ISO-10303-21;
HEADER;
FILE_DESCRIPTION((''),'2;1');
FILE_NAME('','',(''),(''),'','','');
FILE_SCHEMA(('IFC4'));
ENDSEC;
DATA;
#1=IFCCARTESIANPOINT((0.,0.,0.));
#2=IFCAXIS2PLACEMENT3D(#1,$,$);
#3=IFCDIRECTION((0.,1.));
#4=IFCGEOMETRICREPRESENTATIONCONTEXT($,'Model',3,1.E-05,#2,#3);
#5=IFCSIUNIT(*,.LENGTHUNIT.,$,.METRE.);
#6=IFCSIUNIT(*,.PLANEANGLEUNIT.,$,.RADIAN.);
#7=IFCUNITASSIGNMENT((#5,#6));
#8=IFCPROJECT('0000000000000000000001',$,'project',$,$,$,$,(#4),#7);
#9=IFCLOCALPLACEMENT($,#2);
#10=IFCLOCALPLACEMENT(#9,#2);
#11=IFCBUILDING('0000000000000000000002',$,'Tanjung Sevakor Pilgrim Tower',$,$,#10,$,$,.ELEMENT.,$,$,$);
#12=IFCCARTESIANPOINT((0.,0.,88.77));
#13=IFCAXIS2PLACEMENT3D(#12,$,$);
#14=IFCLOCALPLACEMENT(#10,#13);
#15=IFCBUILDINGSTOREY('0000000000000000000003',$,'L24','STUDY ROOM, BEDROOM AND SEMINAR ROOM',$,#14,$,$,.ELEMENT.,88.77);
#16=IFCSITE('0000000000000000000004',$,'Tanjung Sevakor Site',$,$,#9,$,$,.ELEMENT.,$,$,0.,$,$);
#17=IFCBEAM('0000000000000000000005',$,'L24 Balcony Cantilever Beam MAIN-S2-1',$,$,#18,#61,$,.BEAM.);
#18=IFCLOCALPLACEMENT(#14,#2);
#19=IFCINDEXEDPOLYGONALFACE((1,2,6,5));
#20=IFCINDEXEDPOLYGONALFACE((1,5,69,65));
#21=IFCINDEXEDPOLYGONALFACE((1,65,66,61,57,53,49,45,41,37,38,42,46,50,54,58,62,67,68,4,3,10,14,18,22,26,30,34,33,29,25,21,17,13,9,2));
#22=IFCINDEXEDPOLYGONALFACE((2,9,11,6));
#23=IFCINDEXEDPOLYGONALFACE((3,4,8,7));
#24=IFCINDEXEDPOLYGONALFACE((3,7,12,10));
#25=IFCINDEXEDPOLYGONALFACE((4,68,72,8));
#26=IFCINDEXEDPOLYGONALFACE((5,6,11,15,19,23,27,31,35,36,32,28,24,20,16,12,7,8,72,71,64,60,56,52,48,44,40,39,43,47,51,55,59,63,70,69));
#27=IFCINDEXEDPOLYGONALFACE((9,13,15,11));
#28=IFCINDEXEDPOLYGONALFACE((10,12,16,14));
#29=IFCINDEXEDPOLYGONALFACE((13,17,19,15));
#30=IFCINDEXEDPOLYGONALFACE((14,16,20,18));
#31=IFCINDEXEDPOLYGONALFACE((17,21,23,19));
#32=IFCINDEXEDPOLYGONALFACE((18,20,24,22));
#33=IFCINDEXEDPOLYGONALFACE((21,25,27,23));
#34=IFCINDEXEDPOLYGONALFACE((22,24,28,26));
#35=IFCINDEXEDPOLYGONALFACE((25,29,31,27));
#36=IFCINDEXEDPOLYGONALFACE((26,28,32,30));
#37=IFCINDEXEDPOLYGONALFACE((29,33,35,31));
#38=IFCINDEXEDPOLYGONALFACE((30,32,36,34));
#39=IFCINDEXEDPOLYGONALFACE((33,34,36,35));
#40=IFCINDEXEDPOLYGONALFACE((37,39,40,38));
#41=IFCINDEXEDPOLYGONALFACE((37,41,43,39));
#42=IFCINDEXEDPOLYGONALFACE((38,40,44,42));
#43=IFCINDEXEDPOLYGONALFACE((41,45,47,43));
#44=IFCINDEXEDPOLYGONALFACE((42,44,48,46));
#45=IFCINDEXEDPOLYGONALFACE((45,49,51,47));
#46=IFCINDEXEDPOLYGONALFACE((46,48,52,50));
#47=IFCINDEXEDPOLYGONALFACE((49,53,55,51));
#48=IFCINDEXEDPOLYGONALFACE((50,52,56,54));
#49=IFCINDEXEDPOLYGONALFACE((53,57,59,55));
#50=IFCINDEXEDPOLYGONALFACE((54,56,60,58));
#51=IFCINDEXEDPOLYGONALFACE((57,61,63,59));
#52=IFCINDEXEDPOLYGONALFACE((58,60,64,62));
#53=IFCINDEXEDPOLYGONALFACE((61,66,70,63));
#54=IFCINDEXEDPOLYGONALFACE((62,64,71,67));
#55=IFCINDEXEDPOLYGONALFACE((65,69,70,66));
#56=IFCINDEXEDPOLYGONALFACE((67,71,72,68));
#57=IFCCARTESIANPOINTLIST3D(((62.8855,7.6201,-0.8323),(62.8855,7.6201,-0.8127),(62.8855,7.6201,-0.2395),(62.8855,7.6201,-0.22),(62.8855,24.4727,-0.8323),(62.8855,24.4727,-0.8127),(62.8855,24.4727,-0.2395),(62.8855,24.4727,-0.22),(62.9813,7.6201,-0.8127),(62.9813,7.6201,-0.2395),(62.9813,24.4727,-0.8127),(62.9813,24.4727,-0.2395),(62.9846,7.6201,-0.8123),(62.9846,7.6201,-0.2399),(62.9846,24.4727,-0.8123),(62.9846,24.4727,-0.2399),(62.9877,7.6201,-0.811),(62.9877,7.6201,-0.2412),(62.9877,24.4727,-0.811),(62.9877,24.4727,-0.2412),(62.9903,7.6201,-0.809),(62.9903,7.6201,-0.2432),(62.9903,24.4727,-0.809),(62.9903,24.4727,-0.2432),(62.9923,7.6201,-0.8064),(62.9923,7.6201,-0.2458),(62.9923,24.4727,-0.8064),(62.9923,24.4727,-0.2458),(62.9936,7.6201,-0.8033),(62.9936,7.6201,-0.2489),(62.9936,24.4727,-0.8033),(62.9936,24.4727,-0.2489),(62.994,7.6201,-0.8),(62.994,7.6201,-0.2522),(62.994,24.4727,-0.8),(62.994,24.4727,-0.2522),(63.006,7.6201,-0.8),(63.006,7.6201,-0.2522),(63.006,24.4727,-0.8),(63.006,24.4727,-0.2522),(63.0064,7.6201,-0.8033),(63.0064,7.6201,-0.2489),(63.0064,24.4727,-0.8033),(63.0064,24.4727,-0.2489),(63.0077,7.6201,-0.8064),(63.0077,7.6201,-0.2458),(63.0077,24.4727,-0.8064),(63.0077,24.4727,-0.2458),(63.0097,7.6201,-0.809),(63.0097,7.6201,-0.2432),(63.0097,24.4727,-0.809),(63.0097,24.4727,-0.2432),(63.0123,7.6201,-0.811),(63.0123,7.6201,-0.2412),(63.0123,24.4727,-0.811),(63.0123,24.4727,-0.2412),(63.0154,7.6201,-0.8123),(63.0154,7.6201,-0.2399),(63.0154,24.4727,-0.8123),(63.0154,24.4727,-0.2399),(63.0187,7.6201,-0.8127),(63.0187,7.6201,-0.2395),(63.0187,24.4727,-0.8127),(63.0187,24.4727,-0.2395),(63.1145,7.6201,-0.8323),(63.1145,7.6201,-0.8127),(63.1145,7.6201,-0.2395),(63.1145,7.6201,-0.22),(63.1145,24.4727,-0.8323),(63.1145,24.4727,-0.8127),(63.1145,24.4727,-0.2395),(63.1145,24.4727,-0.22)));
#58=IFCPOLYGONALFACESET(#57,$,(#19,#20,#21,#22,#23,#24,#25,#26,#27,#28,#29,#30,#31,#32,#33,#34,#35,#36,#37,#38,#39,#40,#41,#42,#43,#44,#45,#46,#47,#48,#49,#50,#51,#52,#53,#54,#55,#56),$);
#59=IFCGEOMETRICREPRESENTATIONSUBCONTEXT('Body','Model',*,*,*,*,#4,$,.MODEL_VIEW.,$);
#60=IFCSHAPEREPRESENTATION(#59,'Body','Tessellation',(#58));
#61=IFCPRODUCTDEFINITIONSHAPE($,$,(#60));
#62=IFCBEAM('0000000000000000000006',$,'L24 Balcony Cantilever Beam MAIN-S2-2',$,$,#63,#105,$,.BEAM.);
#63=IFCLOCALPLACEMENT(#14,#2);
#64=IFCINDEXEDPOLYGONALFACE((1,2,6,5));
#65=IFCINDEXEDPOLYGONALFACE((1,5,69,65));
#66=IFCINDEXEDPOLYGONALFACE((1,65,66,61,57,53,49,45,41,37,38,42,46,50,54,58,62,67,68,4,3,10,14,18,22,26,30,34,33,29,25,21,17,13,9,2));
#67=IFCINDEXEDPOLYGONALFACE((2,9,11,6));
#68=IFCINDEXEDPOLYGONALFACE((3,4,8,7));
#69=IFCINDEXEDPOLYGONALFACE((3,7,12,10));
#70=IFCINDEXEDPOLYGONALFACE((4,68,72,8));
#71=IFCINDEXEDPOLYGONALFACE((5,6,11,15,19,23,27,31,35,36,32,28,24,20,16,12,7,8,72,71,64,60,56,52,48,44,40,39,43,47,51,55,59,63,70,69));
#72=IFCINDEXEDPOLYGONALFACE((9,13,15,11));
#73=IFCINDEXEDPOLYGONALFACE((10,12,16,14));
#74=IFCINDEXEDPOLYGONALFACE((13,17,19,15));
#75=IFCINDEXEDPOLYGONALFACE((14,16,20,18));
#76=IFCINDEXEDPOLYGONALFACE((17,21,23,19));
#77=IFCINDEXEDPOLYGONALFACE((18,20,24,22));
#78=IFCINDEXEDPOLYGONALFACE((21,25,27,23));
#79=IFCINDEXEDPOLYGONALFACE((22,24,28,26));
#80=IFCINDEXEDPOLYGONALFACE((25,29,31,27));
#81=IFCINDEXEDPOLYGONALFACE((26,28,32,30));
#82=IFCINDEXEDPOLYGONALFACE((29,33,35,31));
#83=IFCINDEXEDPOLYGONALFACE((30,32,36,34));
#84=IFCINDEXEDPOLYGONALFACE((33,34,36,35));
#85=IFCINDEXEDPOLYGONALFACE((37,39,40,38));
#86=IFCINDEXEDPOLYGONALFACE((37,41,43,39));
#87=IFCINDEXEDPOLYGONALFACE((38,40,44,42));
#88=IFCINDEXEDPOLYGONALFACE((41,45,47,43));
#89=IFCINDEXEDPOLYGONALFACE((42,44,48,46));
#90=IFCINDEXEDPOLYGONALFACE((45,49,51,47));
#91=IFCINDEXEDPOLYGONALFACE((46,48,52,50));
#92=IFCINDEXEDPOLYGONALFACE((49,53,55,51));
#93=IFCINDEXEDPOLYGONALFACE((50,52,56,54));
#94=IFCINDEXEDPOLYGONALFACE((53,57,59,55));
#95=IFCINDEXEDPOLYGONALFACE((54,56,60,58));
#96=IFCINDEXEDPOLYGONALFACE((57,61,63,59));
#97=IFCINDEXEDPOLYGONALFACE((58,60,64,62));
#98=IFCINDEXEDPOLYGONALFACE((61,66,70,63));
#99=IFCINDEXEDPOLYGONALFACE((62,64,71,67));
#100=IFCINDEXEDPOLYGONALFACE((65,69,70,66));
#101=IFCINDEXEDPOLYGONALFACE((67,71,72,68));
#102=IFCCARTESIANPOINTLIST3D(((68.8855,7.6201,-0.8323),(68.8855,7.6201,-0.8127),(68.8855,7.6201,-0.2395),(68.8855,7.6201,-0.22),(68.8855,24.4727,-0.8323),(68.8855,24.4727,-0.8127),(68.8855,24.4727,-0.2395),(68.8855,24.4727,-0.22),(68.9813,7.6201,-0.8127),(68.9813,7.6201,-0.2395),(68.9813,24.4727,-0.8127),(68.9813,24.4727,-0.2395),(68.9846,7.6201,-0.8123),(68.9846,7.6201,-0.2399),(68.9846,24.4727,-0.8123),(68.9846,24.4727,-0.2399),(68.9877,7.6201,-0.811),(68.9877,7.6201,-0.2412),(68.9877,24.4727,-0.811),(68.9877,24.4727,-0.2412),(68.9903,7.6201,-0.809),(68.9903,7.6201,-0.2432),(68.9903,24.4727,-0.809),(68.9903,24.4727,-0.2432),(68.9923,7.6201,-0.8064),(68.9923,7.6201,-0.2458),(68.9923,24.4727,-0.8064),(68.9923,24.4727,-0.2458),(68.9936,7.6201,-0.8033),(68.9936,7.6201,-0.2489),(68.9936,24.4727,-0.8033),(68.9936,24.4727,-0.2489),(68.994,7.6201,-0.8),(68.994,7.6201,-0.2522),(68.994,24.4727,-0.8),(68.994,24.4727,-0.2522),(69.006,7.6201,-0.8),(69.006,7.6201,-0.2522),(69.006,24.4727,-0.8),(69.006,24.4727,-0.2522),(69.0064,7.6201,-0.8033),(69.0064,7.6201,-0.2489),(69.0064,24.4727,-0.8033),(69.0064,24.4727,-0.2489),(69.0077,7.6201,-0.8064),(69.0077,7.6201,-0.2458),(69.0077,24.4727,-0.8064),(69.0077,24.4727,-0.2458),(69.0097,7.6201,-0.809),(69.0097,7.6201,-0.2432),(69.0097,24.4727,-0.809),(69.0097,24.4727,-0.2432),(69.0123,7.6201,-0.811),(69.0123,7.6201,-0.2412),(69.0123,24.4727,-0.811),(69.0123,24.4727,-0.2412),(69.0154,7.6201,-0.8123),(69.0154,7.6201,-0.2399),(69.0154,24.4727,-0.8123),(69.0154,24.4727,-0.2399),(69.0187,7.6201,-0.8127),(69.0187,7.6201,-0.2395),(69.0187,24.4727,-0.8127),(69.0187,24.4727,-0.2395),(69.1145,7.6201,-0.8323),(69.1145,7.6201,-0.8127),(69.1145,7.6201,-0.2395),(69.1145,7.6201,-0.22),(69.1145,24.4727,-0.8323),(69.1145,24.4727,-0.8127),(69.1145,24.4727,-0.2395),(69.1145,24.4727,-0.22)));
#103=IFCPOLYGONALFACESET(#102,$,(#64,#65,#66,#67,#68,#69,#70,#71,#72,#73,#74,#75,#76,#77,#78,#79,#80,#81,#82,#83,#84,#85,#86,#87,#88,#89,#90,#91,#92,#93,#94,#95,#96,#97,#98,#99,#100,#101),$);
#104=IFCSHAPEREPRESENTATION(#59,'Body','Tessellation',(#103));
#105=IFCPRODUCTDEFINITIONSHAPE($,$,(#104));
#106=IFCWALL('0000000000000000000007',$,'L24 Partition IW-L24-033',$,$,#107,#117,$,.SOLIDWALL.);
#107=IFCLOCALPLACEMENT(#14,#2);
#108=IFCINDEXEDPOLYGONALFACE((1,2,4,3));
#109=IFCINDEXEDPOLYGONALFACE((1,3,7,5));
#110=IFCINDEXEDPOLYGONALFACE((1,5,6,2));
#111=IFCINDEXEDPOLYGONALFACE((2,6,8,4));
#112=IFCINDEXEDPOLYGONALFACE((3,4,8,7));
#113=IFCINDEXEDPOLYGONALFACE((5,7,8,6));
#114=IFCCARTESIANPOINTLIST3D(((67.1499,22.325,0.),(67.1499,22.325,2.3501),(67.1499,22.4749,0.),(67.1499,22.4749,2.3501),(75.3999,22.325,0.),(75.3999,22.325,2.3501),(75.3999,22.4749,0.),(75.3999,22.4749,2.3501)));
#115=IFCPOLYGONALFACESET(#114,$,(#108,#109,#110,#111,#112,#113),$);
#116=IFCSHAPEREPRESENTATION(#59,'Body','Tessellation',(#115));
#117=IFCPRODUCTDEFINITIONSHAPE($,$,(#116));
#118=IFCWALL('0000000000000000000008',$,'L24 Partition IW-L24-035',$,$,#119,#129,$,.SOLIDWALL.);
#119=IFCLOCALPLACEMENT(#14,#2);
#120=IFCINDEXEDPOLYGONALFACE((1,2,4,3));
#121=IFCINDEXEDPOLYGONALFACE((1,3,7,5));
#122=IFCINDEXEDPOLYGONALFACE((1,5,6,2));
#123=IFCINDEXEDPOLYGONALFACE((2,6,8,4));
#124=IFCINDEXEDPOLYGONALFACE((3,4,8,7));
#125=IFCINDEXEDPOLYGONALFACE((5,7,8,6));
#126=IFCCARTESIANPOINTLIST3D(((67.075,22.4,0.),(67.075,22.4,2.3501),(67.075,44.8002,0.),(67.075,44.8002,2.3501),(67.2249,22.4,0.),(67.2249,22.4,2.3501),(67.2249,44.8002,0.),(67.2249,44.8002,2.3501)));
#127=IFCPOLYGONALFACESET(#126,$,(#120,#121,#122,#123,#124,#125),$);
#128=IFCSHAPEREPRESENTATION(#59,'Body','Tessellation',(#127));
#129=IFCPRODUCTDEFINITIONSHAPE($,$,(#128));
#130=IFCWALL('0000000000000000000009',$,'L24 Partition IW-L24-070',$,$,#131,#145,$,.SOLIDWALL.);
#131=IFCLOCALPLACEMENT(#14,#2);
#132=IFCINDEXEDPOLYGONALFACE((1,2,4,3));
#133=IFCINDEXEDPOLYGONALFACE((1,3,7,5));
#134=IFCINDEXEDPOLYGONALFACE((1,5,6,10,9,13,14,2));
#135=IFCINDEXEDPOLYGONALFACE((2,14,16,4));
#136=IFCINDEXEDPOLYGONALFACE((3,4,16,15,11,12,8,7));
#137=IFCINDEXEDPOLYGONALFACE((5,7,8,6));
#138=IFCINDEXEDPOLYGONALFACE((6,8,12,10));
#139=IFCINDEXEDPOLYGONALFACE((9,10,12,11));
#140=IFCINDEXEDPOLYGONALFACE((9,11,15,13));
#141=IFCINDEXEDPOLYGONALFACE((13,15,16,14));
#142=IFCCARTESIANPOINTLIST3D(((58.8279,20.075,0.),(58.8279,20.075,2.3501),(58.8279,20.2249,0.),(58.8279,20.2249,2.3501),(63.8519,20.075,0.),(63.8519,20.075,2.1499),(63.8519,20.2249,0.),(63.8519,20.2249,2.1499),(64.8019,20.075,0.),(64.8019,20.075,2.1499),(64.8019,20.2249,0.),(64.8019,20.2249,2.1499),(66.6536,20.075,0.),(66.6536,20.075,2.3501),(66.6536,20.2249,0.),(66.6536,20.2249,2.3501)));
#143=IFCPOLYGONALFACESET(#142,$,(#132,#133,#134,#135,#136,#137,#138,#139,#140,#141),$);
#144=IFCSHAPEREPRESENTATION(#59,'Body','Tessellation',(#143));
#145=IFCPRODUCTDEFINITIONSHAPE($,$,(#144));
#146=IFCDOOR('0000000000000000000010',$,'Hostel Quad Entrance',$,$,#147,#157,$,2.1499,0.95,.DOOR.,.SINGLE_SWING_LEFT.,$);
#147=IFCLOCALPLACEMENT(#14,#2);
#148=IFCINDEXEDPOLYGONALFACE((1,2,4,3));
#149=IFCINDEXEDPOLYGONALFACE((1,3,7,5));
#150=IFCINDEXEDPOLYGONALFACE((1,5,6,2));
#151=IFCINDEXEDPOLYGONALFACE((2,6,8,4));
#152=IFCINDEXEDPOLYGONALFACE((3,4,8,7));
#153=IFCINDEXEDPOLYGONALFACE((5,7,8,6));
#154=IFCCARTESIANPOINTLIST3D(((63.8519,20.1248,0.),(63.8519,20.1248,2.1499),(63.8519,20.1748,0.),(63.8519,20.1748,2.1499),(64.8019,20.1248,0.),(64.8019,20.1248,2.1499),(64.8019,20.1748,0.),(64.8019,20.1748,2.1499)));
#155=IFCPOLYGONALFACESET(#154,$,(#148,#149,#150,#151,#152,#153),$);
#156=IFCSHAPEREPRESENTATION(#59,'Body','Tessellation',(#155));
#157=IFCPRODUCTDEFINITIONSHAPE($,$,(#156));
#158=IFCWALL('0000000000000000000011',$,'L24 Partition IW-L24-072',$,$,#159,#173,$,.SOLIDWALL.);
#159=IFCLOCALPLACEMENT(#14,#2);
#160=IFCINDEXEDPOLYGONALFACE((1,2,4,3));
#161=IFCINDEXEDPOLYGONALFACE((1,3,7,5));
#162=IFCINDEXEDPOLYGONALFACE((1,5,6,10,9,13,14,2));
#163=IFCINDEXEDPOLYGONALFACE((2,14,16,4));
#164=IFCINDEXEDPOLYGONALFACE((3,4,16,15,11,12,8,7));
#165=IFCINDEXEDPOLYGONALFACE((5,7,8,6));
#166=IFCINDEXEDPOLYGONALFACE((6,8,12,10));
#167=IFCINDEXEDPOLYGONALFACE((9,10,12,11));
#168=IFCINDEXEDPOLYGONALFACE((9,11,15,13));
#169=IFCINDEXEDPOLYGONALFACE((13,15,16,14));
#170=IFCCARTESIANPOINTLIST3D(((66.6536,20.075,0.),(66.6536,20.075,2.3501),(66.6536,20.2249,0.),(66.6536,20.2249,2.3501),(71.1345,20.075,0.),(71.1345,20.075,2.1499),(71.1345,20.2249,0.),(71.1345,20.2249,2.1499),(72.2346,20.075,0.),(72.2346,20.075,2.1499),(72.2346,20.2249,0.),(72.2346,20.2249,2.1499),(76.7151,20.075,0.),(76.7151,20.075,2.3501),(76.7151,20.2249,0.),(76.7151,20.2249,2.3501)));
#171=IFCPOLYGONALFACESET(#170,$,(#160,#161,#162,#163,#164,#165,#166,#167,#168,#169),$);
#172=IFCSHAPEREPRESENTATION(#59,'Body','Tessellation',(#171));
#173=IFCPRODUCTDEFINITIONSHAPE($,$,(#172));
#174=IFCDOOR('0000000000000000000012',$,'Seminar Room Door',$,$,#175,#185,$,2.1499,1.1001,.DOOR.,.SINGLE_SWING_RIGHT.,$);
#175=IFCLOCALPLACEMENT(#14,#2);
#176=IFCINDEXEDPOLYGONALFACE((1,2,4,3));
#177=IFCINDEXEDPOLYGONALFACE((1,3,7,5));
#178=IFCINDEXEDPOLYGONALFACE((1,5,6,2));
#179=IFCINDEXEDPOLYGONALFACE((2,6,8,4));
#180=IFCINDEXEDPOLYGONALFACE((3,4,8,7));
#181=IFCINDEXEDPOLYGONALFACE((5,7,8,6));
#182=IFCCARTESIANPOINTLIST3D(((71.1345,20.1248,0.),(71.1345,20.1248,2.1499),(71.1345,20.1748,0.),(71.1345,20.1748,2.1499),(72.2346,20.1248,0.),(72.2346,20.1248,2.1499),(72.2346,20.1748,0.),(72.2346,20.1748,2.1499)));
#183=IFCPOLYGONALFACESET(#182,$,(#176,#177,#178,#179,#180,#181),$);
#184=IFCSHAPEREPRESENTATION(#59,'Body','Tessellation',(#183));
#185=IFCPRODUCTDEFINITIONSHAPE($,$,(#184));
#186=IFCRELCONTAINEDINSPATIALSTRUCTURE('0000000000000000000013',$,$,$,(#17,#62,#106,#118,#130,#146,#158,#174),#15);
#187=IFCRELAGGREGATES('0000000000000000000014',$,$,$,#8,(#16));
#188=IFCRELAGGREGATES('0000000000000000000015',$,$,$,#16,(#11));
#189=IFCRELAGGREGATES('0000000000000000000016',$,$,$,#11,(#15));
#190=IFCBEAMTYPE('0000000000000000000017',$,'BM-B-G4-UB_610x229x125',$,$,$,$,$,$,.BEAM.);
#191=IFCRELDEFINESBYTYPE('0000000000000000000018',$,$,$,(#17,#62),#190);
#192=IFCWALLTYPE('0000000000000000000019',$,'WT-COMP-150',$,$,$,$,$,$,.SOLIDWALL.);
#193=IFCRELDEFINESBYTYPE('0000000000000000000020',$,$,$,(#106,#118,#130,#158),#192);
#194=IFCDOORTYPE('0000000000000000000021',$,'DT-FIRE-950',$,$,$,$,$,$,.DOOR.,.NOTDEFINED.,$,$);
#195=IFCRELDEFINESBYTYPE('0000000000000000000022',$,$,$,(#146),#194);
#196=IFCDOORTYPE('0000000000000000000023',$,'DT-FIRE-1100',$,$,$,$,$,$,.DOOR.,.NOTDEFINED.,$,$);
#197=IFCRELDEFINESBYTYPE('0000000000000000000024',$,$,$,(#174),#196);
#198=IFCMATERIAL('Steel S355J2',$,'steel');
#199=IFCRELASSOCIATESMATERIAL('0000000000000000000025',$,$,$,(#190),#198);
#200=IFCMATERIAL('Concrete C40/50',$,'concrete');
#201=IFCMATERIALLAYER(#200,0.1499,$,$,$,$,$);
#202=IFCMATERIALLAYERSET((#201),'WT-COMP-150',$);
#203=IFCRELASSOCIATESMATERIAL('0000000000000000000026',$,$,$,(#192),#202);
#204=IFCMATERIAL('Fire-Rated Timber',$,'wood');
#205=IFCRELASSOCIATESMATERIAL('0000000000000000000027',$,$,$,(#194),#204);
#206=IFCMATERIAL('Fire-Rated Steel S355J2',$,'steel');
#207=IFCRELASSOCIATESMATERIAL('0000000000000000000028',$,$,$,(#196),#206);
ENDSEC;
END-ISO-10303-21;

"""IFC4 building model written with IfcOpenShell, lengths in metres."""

from ifc_helpers import new_model, si_unit, direction, frame, frame_2d, origin, origin_2d, place, context, subcontext, project, spatial, rectangle, i_section, extrude, material, layer, layer_set, material_profile, profile_set, type_object, element, fill, save


model = new_model("IFC4")

# Units and contexts
model_context = context("Model", 3, precision=1e-05, world=origin(), true_north=direction((0.0, 1.0)))
body_context = subcontext(model_context, "Body", "Model", "MODEL_VIEW")
ifc_project = project(units=[si_unit("LENGTHUNIT", "METRE"), si_unit("PLANEANGLEUNIT", "RADIAN")], contexts=[model_context])

# Site, building, storey
site_placement = place(None, origin())
site = spatial("IfcSite", under=ifc_project, at=site_placement, Name="Tanjung Sevakor Site", CompositionType="ELEMENT", RefElevation=0.0)
building_placement = place(site_placement, origin())
building = spatial("IfcBuilding", under=site, at=building_placement, Name="Tanjung Sevakor Pilgrim Tower", CompositionType="ELEMENT")
storey_placement = place(building_placement, frame((0.0, 0.0, 88.77)))
storey = spatial("IfcBuildingStorey", under=building, at=storey_placement, Name="L24", Description="STUDY ROOM, BEDROOM AND SEMINAR ROOM", CompositionType="ELEMENT", Elevation=88.77)

# Beams
ifc_material_1 = material(Name="Steel S355J2", Category="steel")
ifc_material_profile_1 = material_profile(ifc_material_1, i_section(OverallWidth=0.229, OverallDepth=0.6123, WebThickness=0.012, FlangeThickness=0.0195, FilletRadius=0.0127, at=origin_2d()))
ifc_profile_set_1 = profile_set([ifc_material_profile_1], Name="Steel S355J2")
beam_type_1 = type_object("IfcBeamType", Name="BM-B-G4-UB_610x229x125", PredefinedType="BEAM", material=ifc_profile_set_1)
for number, where, z_axis, x_axis, name in (
    (1, (63.0, 24.4727, -0.5261), (0.0, -1.0, 0.0), (1.0, 0.0, 0.0), "L24 Balcony Cantilever Beam MAIN-S2-1"),
    (2, (69.0, 24.4727, -0.5261), (0.0, -1.0, 0.0), (1.0, 0.0, 0.0), "L24 Balcony Cantilever Beam MAIN-S2-2"),
):
    element("IfcBeam", number, at=place(storey_placement, frame(where, z_axis=z_axis, x_axis=x_axis)), inside=storey, type_object=beam_type_1, Name=name, PredefinedType="BEAM", context=body_context, shape_type="SweptSolid", body=[
        extrude(i_section(OverallWidth=0.229, OverallDepth=0.6123, WebThickness=0.012, FlangeThickness=0.0195, FilletRadius=0.0127, at=origin_2d()), origin(), (0.0, 0.0, 1.0), 16.8525),
    ])

# Walls
ifc_material_2 = material(Name="Concrete C40/50", Category="concrete")
ifc_layer_1 = layer(ifc_material_2, 0.1499)
ifc_layer_set_1 = layer_set([ifc_layer_1], Name="WT-COMP-150")
wall_type_1 = type_object("IfcWallType", Name="WT-COMP-150", PredefinedType="SOLIDWALL", material=ifc_layer_set_1)
wall_1_placement = place(storey_placement, frame((67.1499, 22.3999, 0.0), z_axis=(0.0, 0.0, 1.0), x_axis=(1.0, 0.0, 0.0)))
element("IfcWall", 3, at=wall_1_placement, inside=storey, type_object=wall_type_1, Name="L24 Partition IW-L24-033", PredefinedType="SOLIDWALL", context=body_context, shape_type="SweptSolid", body=[
    extrude(rectangle(XDim=8.25, YDim=0.1499, at=frame_2d((4.125, 0.0))), origin(), (0.0, 0.0, 1.0), 2.3501),
])
wall_2_placement = place(storey_placement, frame((67.1499, 22.3999, 0.0), z_axis=(0.0, 0.0, 1.0), x_axis=(0.0, 1.0, 0.0)))
element("IfcWall", 4, at=wall_2_placement, inside=storey, type_object=wall_type_1, Name="L24 Partition IW-L24-035", PredefinedType="SOLIDWALL", context=body_context, shape_type="SweptSolid", body=[
    extrude(rectangle(XDim=22.4001, YDim=0.1499, at=frame_2d((11.2002, 0.0))), origin(), (0.0, 0.0, 1.0), 2.3501),
])

# Walls, openings, doors
wall_3_placement = place(storey_placement, frame((58.8279, 20.1499, 0.0), z_axis=(0.0, 0.0, 1.0), x_axis=(1.0, 0.0, 0.0)))
wall_3 = element("IfcWall", 5, at=wall_3_placement, inside=storey, type_object=wall_type_1, Name="L24 Partition IW-L24-070", PredefinedType="SOLIDWALL", context=body_context, shape_type="SweptSolid", body=[
    extrude(rectangle(XDim=7.8257, YDim=0.1499, at=frame_2d((3.9128, 0.0))), origin(), (0.0, 0.0, 1.0), 2.3501),
])
opening_1_placement = place(wall_3_placement, frame((5.0239, 0.0, 0.0)))
opening_1 = element("IfcOpeningElement", 6, at=opening_1_placement, cuts=wall_3, PredefinedType="OPENING", context=body_context, shape_type="SweptSolid", body=[
    extrude(rectangle(XDim=0.95, YDim=2.1499, at=frame_2d((0.4751, 1.075))), frame((0.0, 0.085, 0.0), z_axis=(0.0, -1.0, 0.0), x_axis=(1.0, 0.0, 0.0)), (0.0, 0.0, 1.0), 0.1699),
])
ifc_material_3 = material(Name="Fire-Rated Timber", Category="wood")
door_type_1 = type_object("IfcDoorType", Name="DT-FIRE-950", OperationType="NOTDEFINED", PredefinedType="DOOR", material=ifc_material_3)
door_1_placement = place(opening_1_placement, origin())
door_1 = element("IfcDoor", 7, at=door_1_placement, inside=storey, type_object=door_type_1, Name="Hostel Quad Entrance", OperationType="SINGLE_SWING_LEFT", OverallHeight=2.1499, OverallWidth=0.95, PredefinedType="DOOR", context=body_context, shape_type="SweptSolid", body=[
    extrude(rectangle(XDim=0.95, YDim=2.1499, at=frame_2d((0.4751, 1.075))), frame((0.0, 0.0249, 0.0), z_axis=(0.0, -1.0, 0.0), x_axis=(1.0, 0.0, 0.0)), (0.0, 0.0, 1.0), 0.05),
])
fill(opening_1, door_1)
wall_4_placement = place(storey_placement, frame((66.6536, 20.1499, 0.0), z_axis=(0.0, 0.0, 1.0), x_axis=(1.0, 0.0, 0.0)))
wall_4 = element("IfcWall", 8, at=wall_4_placement, inside=storey, type_object=wall_type_1, Name="L24 Partition IW-L24-072", PredefinedType="SOLIDWALL", context=body_context, shape_type="SweptSolid", body=[
    extrude(rectangle(XDim=10.0615, YDim=0.1499, at=frame_2d((5.0308, 0.0))), origin(), (0.0, 0.0, 1.0), 2.3501),
])
opening_2_placement = place(wall_4_placement, frame((4.481, 0.0, 0.0)))
opening_2 = element("IfcOpeningElement", 9, at=opening_2_placement, cuts=wall_4, PredefinedType="OPENING", context=body_context, shape_type="SweptSolid", body=[
    extrude(rectangle(XDim=1.1001, YDim=2.1499, at=frame_2d((0.55, 1.075))), frame((0.0, 0.085, 0.0), z_axis=(0.0, -1.0, 0.0), x_axis=(1.0, 0.0, 0.0)), (0.0, 0.0, 1.0), 0.1699),
])
ifc_material_4 = material(Name="Fire-Rated Steel S355J2", Category="steel")
door_type_2 = type_object("IfcDoorType", Name="DT-FIRE-1100", OperationType="NOTDEFINED", PredefinedType="DOOR", material=ifc_material_4)
door_2_placement = place(opening_2_placement, origin())
door_2 = element("IfcDoor", 10, at=door_2_placement, inside=storey, type_object=door_type_2, Name="Seminar Room Door", OperationType="SINGLE_SWING_RIGHT", OverallHeight=2.1499, OverallWidth=1.1001, PredefinedType="DOOR", context=body_context, shape_type="SweptSolid", body=[
    extrude(rectangle(XDim=1.1001, YDim=2.1499, at=frame_2d((0.55, 1.075))), frame((0.0, 0.0249, 0.0), z_axis=(0.0, -1.0, 0.0), x_axis=(1.0, 0.0, 0.0)), (0.0, 0.0, 1.0), 0.05),
])
fill(opening_2, door_2)

save(model, "model.ifc")
